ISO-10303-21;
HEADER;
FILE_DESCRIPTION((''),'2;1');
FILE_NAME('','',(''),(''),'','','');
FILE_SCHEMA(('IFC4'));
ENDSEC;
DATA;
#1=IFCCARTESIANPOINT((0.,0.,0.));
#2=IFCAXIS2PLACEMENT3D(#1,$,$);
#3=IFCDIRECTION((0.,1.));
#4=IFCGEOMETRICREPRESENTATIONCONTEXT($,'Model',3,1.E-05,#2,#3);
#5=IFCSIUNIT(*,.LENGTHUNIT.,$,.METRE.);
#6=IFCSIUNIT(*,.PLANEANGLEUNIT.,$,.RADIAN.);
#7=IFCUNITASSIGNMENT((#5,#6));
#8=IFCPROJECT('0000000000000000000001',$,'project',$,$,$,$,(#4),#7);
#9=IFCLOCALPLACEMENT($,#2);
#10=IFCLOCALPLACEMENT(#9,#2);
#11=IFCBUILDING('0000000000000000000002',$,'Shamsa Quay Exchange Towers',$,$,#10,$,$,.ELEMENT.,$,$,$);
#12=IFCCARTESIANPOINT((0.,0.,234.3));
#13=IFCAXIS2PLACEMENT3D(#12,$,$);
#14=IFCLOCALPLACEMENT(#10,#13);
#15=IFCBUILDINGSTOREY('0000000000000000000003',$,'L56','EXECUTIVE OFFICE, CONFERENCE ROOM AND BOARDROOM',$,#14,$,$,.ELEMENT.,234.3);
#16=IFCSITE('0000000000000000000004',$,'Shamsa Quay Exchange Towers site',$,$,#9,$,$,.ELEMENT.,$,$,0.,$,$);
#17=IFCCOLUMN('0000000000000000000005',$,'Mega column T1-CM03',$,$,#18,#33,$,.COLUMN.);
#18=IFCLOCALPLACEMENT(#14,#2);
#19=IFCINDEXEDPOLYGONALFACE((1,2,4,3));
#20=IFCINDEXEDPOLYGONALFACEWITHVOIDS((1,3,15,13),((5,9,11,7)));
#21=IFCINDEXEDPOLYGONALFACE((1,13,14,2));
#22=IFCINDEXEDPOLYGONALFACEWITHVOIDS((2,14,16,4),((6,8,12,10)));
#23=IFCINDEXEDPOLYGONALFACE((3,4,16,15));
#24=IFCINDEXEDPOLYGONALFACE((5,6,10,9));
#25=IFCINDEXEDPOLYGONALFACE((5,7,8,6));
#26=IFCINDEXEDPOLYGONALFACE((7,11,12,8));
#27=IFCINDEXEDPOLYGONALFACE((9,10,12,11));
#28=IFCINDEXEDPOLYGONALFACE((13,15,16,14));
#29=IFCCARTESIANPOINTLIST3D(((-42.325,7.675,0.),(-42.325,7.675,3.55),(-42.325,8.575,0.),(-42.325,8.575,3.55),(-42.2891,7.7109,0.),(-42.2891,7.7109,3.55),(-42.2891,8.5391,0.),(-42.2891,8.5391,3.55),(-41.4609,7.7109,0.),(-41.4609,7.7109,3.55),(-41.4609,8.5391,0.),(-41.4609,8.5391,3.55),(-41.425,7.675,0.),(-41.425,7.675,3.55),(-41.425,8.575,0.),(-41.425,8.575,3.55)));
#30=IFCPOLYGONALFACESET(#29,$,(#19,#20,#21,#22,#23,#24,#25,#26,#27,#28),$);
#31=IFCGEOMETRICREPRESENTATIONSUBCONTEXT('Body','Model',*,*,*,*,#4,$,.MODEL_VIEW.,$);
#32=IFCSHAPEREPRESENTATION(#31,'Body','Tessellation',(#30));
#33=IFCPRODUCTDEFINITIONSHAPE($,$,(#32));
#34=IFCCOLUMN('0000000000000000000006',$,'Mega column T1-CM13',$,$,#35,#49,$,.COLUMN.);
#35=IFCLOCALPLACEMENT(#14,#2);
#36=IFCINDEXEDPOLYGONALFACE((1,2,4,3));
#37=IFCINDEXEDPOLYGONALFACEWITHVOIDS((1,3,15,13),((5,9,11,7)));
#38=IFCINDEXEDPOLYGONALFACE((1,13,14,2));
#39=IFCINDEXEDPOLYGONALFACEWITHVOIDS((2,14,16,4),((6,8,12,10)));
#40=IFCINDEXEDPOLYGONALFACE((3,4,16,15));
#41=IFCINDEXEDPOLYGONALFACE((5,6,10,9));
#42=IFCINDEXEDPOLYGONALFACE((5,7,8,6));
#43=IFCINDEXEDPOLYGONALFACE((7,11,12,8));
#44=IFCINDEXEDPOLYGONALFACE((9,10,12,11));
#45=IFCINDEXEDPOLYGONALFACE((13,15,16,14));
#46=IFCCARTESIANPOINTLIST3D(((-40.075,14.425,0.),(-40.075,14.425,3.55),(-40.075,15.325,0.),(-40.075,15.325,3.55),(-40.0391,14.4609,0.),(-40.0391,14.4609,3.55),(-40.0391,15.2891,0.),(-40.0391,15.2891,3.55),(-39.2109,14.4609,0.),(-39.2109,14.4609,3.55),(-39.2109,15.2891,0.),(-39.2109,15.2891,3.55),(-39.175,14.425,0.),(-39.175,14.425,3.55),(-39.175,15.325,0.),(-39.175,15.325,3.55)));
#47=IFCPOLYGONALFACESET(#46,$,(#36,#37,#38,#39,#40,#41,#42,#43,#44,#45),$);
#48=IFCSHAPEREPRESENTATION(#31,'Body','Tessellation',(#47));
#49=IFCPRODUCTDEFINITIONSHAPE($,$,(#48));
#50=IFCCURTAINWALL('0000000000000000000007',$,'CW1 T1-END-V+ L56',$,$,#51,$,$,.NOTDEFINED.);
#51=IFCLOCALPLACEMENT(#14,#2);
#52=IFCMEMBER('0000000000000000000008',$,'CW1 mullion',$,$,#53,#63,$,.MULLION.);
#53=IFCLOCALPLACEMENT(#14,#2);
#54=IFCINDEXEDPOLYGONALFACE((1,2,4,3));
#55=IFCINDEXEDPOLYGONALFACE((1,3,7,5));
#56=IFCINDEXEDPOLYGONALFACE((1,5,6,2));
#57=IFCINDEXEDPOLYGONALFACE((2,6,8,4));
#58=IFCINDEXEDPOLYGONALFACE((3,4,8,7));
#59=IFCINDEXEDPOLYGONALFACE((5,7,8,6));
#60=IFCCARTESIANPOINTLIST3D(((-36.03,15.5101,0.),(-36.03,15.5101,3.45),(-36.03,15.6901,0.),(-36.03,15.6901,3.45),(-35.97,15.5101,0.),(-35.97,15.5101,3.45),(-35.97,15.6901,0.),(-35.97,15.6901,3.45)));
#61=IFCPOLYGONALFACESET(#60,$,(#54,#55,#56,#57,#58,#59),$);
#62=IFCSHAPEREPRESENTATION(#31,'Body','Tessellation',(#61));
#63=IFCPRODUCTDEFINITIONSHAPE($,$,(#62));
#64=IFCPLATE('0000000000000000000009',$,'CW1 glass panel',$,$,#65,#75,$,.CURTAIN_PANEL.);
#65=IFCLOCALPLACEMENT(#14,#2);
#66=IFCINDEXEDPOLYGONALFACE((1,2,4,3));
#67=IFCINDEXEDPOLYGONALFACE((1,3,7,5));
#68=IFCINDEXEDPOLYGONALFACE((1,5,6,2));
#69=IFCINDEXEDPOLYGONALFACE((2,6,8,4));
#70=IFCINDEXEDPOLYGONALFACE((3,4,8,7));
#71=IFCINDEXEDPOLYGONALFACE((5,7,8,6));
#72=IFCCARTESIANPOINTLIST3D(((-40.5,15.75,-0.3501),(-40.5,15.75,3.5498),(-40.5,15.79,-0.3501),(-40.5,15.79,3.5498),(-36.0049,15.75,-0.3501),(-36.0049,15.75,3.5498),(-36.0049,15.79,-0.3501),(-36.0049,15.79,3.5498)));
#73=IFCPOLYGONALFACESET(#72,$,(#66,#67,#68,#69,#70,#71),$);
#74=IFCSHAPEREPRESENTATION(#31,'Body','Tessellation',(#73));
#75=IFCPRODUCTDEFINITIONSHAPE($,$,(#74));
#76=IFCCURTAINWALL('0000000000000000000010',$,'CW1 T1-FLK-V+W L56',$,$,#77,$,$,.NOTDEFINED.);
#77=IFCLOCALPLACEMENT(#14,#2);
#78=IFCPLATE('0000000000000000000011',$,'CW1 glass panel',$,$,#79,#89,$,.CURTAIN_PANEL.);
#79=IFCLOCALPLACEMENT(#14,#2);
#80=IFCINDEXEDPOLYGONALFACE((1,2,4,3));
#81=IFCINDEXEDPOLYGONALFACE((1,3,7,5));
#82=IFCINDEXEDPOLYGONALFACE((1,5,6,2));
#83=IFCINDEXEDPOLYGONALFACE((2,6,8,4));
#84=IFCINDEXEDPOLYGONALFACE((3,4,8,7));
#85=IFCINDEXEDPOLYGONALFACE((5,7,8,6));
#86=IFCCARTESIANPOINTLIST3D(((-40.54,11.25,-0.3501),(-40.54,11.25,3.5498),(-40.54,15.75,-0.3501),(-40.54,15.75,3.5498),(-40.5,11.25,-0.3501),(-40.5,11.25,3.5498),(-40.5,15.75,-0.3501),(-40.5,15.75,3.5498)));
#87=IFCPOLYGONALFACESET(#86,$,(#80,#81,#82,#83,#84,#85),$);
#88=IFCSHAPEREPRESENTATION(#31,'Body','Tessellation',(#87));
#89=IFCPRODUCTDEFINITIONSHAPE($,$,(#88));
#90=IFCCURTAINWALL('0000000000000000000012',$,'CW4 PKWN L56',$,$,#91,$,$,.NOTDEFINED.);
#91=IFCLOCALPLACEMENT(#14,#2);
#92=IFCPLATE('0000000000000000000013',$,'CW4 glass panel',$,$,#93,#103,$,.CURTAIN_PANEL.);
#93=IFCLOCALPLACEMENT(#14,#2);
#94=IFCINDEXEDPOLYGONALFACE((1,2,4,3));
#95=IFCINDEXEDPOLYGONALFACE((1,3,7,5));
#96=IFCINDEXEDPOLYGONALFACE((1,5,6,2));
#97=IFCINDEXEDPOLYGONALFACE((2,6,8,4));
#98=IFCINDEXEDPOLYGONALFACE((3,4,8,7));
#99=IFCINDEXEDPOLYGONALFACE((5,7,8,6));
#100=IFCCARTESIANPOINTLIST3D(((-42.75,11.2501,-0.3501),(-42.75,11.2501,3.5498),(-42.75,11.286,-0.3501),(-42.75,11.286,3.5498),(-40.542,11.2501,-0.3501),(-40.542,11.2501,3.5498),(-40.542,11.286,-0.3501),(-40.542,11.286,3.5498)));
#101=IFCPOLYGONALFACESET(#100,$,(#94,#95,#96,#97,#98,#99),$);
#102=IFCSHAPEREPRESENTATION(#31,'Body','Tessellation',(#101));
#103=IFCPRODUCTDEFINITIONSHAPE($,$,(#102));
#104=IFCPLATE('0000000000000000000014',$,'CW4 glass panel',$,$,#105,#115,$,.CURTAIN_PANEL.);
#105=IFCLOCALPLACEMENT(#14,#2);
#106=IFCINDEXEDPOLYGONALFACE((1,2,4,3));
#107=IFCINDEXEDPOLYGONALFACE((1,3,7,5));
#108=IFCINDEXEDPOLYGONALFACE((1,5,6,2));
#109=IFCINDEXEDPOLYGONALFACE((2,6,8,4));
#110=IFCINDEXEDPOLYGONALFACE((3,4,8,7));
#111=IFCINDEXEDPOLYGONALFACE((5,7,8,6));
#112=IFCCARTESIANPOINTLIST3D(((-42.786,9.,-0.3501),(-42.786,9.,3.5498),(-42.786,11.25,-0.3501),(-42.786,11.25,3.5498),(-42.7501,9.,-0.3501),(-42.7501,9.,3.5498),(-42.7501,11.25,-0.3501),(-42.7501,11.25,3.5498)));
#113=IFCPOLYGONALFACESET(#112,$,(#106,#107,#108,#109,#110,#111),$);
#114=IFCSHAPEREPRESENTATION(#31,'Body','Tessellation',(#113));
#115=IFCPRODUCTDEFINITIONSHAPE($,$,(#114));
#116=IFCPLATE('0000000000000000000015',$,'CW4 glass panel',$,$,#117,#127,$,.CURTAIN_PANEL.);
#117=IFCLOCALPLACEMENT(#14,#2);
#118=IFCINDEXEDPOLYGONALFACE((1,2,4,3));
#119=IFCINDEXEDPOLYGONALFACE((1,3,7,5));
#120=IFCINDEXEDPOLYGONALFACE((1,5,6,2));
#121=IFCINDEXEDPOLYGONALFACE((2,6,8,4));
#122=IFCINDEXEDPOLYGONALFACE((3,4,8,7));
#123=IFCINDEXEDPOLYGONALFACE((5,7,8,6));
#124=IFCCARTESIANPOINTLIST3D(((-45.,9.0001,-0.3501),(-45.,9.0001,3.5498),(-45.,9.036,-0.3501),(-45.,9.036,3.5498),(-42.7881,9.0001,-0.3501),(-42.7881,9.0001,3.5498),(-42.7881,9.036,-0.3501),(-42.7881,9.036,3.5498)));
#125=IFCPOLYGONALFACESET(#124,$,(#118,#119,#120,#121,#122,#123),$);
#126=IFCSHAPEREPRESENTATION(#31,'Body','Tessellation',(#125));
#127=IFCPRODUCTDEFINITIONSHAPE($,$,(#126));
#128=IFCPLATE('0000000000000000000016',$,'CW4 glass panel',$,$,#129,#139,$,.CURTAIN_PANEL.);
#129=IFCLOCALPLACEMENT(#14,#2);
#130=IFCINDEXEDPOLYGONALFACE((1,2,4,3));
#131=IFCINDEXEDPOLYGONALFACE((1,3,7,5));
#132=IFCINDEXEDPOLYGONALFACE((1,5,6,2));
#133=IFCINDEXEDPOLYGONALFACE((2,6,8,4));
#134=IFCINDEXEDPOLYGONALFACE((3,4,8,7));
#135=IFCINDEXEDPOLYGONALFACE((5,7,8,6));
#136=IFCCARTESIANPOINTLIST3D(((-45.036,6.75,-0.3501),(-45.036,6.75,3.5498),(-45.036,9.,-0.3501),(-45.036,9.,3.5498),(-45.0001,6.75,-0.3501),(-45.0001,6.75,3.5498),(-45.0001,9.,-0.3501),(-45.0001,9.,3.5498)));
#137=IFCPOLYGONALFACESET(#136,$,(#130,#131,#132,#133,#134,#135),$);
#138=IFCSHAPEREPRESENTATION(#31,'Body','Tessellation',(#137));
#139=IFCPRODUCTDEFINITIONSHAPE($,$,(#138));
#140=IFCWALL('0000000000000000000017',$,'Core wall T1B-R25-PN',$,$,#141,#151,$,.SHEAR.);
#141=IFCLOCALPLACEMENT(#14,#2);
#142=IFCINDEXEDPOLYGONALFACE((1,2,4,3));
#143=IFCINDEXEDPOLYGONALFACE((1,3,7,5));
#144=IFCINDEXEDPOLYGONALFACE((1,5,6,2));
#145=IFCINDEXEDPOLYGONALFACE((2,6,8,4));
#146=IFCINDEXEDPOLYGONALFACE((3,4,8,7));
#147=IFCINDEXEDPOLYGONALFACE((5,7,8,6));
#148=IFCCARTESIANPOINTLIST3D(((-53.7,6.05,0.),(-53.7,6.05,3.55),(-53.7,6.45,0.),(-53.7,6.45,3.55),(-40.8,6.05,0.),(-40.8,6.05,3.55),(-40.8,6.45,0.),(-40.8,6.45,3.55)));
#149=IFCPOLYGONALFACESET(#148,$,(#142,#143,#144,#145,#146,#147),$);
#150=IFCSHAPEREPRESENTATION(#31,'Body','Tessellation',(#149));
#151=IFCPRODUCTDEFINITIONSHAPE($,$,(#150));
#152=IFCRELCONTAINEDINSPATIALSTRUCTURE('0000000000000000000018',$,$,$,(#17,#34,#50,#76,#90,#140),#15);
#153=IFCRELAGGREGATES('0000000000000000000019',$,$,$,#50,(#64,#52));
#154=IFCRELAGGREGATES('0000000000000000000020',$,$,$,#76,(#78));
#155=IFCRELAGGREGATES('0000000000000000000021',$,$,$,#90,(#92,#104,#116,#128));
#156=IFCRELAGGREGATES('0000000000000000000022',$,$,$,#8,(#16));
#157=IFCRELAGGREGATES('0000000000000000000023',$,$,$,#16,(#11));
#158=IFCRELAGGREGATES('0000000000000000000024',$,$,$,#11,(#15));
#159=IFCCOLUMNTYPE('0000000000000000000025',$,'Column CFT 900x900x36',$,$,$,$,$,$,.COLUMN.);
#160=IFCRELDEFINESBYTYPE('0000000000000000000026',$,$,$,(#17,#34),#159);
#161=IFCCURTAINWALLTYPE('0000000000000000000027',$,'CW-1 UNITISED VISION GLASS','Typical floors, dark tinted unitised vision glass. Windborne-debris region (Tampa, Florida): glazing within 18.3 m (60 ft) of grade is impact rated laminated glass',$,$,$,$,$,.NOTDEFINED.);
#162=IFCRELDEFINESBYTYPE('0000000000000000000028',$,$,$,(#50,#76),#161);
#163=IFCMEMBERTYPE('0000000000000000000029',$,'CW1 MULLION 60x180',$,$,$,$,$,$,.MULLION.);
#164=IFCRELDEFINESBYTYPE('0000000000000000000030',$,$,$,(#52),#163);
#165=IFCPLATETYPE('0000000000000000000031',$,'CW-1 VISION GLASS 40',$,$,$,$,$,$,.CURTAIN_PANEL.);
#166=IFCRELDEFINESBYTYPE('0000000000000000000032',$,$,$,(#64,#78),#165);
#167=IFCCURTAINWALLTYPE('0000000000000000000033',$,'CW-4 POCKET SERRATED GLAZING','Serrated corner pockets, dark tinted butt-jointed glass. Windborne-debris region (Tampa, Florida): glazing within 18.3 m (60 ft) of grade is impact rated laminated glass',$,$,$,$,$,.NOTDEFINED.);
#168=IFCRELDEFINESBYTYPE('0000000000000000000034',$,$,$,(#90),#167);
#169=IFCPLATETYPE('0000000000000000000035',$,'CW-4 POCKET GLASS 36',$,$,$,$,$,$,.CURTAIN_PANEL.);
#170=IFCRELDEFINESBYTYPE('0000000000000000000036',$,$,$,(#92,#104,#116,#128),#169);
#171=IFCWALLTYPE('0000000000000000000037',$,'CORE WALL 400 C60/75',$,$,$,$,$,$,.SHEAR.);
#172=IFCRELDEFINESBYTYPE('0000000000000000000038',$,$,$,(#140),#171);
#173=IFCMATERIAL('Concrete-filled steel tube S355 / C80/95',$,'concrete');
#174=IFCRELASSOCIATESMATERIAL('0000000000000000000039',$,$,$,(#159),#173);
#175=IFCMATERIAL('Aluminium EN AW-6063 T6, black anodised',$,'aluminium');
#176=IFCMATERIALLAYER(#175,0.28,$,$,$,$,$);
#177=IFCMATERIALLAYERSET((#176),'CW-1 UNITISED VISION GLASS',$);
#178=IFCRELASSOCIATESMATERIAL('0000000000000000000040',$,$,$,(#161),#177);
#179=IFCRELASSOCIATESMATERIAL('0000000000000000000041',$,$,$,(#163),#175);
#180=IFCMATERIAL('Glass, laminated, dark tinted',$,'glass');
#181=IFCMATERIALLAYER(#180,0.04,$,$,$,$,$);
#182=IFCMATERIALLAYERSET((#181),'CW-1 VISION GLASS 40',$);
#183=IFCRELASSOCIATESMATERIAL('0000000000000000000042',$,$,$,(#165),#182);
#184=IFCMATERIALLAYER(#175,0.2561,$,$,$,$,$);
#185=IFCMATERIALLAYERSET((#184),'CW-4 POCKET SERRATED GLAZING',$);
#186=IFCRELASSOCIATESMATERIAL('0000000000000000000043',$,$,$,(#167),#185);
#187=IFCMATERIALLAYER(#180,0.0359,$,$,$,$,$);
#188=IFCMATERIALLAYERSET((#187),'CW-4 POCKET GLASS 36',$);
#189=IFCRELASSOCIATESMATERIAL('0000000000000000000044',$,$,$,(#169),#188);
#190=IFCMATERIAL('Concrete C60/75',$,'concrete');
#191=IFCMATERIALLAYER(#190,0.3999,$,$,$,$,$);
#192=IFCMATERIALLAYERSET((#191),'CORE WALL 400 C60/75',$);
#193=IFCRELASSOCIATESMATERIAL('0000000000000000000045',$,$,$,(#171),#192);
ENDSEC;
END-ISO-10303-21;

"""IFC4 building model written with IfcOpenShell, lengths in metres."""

from ifc_helpers import new_model, si_unit, direction, frame, frame_2d, origin, origin_2d, place, context, subcontext, project, spatial, rectangle, hollow_rectangle, extrude, material, layer, layer_set, material_profile, profile_set, type_object, element, aggregate, save


model = new_model("IFC4")

# Units and contexts
model_context = context("Model", 3, precision=1e-05, world=origin(), true_north=direction((0.0, 1.0)))
body_context = subcontext(model_context, "Body", "Model", "MODEL_VIEW")
ifc_project = project(units=[si_unit("LENGTHUNIT", "METRE"), si_unit("PLANEANGLEUNIT", "RADIAN")], contexts=[model_context])

# Site, building, storey
site_placement = place(None, origin())
site = spatial("IfcSite", under=ifc_project, at=site_placement, Name="Shamsa Quay Exchange Towers site", CompositionType="ELEMENT", RefElevation=0.0)
building_placement = place(site_placement, origin())
building = spatial("IfcBuilding", under=site, at=building_placement, Name="Shamsa Quay Exchange Towers", CompositionType="ELEMENT")
storey_placement = place(building_placement, frame((0.0, 0.0, 234.3)))
storey = spatial("IfcBuildingStorey", under=building, at=storey_placement, Name="L56", Description="EXECUTIVE OFFICE, CONFERENCE ROOM AND BOARDROOM", CompositionType="ELEMENT", Elevation=234.3)

# Columns
ifc_material_1 = material(Name="Concrete-filled steel tube S355 / C80/95", Category="concrete")
ifc_material_profile_1 = material_profile(ifc_material_1, hollow_rectangle(XDim=0.8999, YDim=0.8999, WallThickness=0.0359, at=origin_2d()), Name="CFT 900x900x36")
ifc_profile_set_1 = profile_set([ifc_material_profile_1], Name="Concrete-filled steel tube S355 / C80/95")
column_type = type_object("IfcColumnType", Name="Column CFT 900x900x36", PredefinedType="COLUMN", material=ifc_profile_set_1)
for number, where, name in (
    (1, (-41.875, 8.125, 0.0), "Mega column T1-CM03"),
    (2, (-39.625, 14.875, 0.0), "Mega column T1-CM13"),
):
    element("IfcColumn", number, at=place(storey_placement, frame(where)), inside=storey, type_object=column_type, Name=name, PredefinedType="COLUMN", context=body_context, shape_type="SweptSolid", body=[
        extrude(hollow_rectangle(XDim=0.8999, YDim=0.8999, WallThickness=0.0359, at=origin_2d()), origin(), (0.0, 0.0, 1.0), 3.55),
    ])

# Curtain wall, member, plate
ifc_material_2 = material(Name="Aluminium EN AW-6063 T6, black anodised", Category="aluminium")
ifc_layer_1 = layer(ifc_material_2, 0.28)
ifc_layer_set_1 = layer_set([ifc_layer_1], Name="CW-1 UNITISED VISION GLASS")
curtain_wall_type_1 = type_object("IfcCurtainWallType", Name="CW-1 UNITISED VISION GLASS", Description="Typical floors, dark tinted unitised vision glass. Windborne-debris region (Tampa, Florida): glazing within 18.3 m (60 ft) of grade is impact rated laminated glass", PredefinedType="NOTDEFINED", material=ifc_layer_set_1)
curtain_wall_1_placement = place(storey_placement, origin())
curtain_wall_1 = element("IfcCurtainWall", 3, at=curtain_wall_1_placement, inside=storey, type_object=curtain_wall_type_1, Name="CW1 T1-END-V+ L56", PredefinedType="NOTDEFINED")
ifc_material_profile_2 = material_profile(ifc_material_2, rectangle(XDim=0.1799, YDim=0.0601, at=origin_2d()), Name="MU60x180")
ifc_profile_set_2 = profile_set([ifc_material_profile_2], Name="Aluminium EN AW-6063 T6, black anodised")
member_type = type_object("IfcMemberType", Name="CW1 MULLION 60x180", PredefinedType="MULLION", material=ifc_profile_set_2)
member_placement = place(storey_placement, frame((-36.0, 15.6001, 0.0), z_axis=(0.0, 0.0, 1.0), x_axis=(0.0, -1.0, 0.0)))
member = element("IfcMember", 4, at=member_placement, type_object=member_type, Name="CW1 mullion", PredefinedType="MULLION", context=body_context, shape_type="SweptSolid", body=[
    extrude(rectangle(XDim=0.1799, YDim=0.0601, at=origin_2d()), origin(), (0.0, 0.0, 1.0), 3.45),
])
ifc_material_3 = material(Name="Glass, laminated, dark tinted", Category="glass")
ifc_layer_2 = layer(ifc_material_3, 0.04)
ifc_layer_set_2 = layer_set([ifc_layer_2], Name="CW-1 VISION GLASS 40")
plate_type_1 = type_object("IfcPlateType", Name="CW-1 VISION GLASS 40", PredefinedType="CURTAIN_PANEL", material=ifc_layer_set_2)
plate_1_placement = place(storey_placement, frame((-38.2524, 15.77, -0.3501), z_axis=(0.0, 0.0, 1.0), x_axis=(-1.0, 0.0, 0.0)))
plate_1 = element("IfcPlate", 5, at=plate_1_placement, type_object=plate_type_1, Name="CW1 glass panel", PredefinedType="CURTAIN_PANEL", context=body_context, shape_type="SweptSolid", body=[
    extrude(rectangle(XDim=4.4951, YDim=0.04, at=origin_2d()), origin(), (0.0, 0.0, 1.0), 3.8999),
])
aggregate(curtain_wall_1, [plate_1, member])

# Curtain wall, plate
curtain_wall_2_placement = place(storey_placement, origin())
curtain_wall_2 = element("IfcCurtainWall", 6, at=curtain_wall_2_placement, inside=storey, type_object=curtain_wall_type_1, Name="CW1 T1-FLK-V+W L56", PredefinedType="NOTDEFINED")
plate_2_placement = place(storey_placement, frame((-40.52, 13.5, -0.3501), z_axis=(0.0, 0.0, 1.0), x_axis=(0.0, -1.0, 0.0)))
plate_2 = element("IfcPlate", 7, at=plate_2_placement, type_object=plate_type_1, Name="CW1 glass panel", PredefinedType="CURTAIN_PANEL", context=body_context, shape_type="SweptSolid", body=[
    extrude(rectangle(XDim=4.5, YDim=0.04, at=origin_2d()), origin(), (0.0, 0.0, 1.0), 3.8999),
])
aggregate(curtain_wall_2, [plate_2])

# Curtain wall, plates
ifc_layer_3 = layer(ifc_material_2, 0.2561)
ifc_layer_set_3 = layer_set([ifc_layer_3], Name="CW-4 POCKET SERRATED GLAZING")
curtain_wall_type_2 = type_object("IfcCurtainWallType", Name="CW-4 POCKET SERRATED GLAZING", Description="Serrated corner pockets, dark tinted butt-jointed glass. Windborne-debris region (Tampa, Florida): glazing within 18.3 m (60 ft) of grade is impact rated laminated glass", PredefinedType="NOTDEFINED", material=ifc_layer_set_3)
curtain_wall_3_placement = place(storey_placement, origin())
curtain_wall_3 = element("IfcCurtainWall", 8, at=curtain_wall_3_placement, inside=storey, type_object=curtain_wall_type_2, Name="CW4 PKWN L56", PredefinedType="NOTDEFINED")
ifc_layer_4 = layer(ifc_material_3, 0.0359)
ifc_layer_set_4 = layer_set([ifc_layer_4], Name="CW-4 POCKET GLASS 36")
plate_type_2 = type_object("IfcPlateType", Name="CW-4 POCKET GLASS 36", PredefinedType="CURTAIN_PANEL", material=ifc_layer_set_4)
plate_3_placement = place(storey_placement, frame((-41.646, 11.2681, -0.3501), z_axis=(0.0, 0.0, 1.0), x_axis=(-1.0, 0.0, 0.0)))
plate_3 = element("IfcPlate", 9, at=plate_3_placement, type_object=plate_type_2, Name="CW4 glass panel", PredefinedType="CURTAIN_PANEL", context=body_context, shape_type="SweptSolid", body=[
    extrude(rectangle(XDim=2.208, YDim=0.0359, at=origin_2d()), origin(), (0.0, 0.0, 1.0), 3.8999),
])
plate_4_placement = place(storey_placement, frame((-42.7681, 10.125, -0.3501), z_axis=(0.0, 0.0, 1.0), x_axis=(0.0, -1.0, 0.0)))
plate_4 = element("IfcPlate", 10, at=plate_4_placement, type_object=plate_type_2, Name="CW4 glass panel", PredefinedType="CURTAIN_PANEL", context=body_context, shape_type="SweptSolid", body=[
    extrude(rectangle(XDim=2.25, YDim=0.0359, at=origin_2d()), origin(), (0.0, 0.0, 1.0), 3.8999),
])
plate_5_placement = place(storey_placement, frame((-43.894, 9.0181, -0.3501), z_axis=(0.0, 0.0, 1.0), x_axis=(-1.0, 0.0, 0.0)))
plate_5 = element("IfcPlate", 11, at=plate_5_placement, type_object=plate_type_2, Name="CW4 glass panel", PredefinedType="CURTAIN_PANEL", context=body_context, shape_type="SweptSolid", body=[
    extrude(rectangle(XDim=2.2119, YDim=0.0359, at=origin_2d()), origin(), (0.0, 0.0, 1.0), 3.8999),
])
plate_6_placement = place(storey_placement, frame((-45.0181, 7.875, -0.3501), z_axis=(0.0, 0.0, 1.0), x_axis=(0.0, -1.0, 0.0)))
plate_6 = element("IfcPlate", 12, at=plate_6_placement, type_object=plate_type_2, Name="CW4 glass panel", PredefinedType="CURTAIN_PANEL", context=body_context, shape_type="SweptSolid", body=[
    extrude(rectangle(XDim=2.25, YDim=0.0359, at=origin_2d()), origin(), (0.0, 0.0, 1.0), 3.8999),
])
aggregate(curtain_wall_3, [plate_3, plate_4, plate_5, plate_6])

# Wall
ifc_material_4 = material(Name="Concrete C60/75", Category="concrete")
ifc_layer_5 = layer(ifc_material_4, 0.3999)
ifc_layer_set_5 = layer_set([ifc_layer_5], Name="CORE WALL 400 C60/75")
wall_type_1 = type_object("IfcWallType", Name="CORE WALL 400 C60/75", PredefinedType="SHEAR", material=ifc_layer_set_5)
wall_1_placement = place(storey_placement, frame((-40.8, 6.25, 0.0), z_axis=(0.0, 0.0, 1.0), x_axis=(-1.0, 0.0, 0.0)))
element("IfcWall", 13, at=wall_1_placement, inside=storey, type_object=wall_type_1, Name="Core wall T1B-R25-PN", PredefinedType="SHEAR", context=body_context, shape_type="SweptSolid", body=[
    extrude(rectangle(XDim=12.8999, YDim=0.3999, at=frame_2d((6.45, 0.0))), origin(), (0.0, 0.0, 1.0), 3.55),
])

save(model, "model.ifc")
